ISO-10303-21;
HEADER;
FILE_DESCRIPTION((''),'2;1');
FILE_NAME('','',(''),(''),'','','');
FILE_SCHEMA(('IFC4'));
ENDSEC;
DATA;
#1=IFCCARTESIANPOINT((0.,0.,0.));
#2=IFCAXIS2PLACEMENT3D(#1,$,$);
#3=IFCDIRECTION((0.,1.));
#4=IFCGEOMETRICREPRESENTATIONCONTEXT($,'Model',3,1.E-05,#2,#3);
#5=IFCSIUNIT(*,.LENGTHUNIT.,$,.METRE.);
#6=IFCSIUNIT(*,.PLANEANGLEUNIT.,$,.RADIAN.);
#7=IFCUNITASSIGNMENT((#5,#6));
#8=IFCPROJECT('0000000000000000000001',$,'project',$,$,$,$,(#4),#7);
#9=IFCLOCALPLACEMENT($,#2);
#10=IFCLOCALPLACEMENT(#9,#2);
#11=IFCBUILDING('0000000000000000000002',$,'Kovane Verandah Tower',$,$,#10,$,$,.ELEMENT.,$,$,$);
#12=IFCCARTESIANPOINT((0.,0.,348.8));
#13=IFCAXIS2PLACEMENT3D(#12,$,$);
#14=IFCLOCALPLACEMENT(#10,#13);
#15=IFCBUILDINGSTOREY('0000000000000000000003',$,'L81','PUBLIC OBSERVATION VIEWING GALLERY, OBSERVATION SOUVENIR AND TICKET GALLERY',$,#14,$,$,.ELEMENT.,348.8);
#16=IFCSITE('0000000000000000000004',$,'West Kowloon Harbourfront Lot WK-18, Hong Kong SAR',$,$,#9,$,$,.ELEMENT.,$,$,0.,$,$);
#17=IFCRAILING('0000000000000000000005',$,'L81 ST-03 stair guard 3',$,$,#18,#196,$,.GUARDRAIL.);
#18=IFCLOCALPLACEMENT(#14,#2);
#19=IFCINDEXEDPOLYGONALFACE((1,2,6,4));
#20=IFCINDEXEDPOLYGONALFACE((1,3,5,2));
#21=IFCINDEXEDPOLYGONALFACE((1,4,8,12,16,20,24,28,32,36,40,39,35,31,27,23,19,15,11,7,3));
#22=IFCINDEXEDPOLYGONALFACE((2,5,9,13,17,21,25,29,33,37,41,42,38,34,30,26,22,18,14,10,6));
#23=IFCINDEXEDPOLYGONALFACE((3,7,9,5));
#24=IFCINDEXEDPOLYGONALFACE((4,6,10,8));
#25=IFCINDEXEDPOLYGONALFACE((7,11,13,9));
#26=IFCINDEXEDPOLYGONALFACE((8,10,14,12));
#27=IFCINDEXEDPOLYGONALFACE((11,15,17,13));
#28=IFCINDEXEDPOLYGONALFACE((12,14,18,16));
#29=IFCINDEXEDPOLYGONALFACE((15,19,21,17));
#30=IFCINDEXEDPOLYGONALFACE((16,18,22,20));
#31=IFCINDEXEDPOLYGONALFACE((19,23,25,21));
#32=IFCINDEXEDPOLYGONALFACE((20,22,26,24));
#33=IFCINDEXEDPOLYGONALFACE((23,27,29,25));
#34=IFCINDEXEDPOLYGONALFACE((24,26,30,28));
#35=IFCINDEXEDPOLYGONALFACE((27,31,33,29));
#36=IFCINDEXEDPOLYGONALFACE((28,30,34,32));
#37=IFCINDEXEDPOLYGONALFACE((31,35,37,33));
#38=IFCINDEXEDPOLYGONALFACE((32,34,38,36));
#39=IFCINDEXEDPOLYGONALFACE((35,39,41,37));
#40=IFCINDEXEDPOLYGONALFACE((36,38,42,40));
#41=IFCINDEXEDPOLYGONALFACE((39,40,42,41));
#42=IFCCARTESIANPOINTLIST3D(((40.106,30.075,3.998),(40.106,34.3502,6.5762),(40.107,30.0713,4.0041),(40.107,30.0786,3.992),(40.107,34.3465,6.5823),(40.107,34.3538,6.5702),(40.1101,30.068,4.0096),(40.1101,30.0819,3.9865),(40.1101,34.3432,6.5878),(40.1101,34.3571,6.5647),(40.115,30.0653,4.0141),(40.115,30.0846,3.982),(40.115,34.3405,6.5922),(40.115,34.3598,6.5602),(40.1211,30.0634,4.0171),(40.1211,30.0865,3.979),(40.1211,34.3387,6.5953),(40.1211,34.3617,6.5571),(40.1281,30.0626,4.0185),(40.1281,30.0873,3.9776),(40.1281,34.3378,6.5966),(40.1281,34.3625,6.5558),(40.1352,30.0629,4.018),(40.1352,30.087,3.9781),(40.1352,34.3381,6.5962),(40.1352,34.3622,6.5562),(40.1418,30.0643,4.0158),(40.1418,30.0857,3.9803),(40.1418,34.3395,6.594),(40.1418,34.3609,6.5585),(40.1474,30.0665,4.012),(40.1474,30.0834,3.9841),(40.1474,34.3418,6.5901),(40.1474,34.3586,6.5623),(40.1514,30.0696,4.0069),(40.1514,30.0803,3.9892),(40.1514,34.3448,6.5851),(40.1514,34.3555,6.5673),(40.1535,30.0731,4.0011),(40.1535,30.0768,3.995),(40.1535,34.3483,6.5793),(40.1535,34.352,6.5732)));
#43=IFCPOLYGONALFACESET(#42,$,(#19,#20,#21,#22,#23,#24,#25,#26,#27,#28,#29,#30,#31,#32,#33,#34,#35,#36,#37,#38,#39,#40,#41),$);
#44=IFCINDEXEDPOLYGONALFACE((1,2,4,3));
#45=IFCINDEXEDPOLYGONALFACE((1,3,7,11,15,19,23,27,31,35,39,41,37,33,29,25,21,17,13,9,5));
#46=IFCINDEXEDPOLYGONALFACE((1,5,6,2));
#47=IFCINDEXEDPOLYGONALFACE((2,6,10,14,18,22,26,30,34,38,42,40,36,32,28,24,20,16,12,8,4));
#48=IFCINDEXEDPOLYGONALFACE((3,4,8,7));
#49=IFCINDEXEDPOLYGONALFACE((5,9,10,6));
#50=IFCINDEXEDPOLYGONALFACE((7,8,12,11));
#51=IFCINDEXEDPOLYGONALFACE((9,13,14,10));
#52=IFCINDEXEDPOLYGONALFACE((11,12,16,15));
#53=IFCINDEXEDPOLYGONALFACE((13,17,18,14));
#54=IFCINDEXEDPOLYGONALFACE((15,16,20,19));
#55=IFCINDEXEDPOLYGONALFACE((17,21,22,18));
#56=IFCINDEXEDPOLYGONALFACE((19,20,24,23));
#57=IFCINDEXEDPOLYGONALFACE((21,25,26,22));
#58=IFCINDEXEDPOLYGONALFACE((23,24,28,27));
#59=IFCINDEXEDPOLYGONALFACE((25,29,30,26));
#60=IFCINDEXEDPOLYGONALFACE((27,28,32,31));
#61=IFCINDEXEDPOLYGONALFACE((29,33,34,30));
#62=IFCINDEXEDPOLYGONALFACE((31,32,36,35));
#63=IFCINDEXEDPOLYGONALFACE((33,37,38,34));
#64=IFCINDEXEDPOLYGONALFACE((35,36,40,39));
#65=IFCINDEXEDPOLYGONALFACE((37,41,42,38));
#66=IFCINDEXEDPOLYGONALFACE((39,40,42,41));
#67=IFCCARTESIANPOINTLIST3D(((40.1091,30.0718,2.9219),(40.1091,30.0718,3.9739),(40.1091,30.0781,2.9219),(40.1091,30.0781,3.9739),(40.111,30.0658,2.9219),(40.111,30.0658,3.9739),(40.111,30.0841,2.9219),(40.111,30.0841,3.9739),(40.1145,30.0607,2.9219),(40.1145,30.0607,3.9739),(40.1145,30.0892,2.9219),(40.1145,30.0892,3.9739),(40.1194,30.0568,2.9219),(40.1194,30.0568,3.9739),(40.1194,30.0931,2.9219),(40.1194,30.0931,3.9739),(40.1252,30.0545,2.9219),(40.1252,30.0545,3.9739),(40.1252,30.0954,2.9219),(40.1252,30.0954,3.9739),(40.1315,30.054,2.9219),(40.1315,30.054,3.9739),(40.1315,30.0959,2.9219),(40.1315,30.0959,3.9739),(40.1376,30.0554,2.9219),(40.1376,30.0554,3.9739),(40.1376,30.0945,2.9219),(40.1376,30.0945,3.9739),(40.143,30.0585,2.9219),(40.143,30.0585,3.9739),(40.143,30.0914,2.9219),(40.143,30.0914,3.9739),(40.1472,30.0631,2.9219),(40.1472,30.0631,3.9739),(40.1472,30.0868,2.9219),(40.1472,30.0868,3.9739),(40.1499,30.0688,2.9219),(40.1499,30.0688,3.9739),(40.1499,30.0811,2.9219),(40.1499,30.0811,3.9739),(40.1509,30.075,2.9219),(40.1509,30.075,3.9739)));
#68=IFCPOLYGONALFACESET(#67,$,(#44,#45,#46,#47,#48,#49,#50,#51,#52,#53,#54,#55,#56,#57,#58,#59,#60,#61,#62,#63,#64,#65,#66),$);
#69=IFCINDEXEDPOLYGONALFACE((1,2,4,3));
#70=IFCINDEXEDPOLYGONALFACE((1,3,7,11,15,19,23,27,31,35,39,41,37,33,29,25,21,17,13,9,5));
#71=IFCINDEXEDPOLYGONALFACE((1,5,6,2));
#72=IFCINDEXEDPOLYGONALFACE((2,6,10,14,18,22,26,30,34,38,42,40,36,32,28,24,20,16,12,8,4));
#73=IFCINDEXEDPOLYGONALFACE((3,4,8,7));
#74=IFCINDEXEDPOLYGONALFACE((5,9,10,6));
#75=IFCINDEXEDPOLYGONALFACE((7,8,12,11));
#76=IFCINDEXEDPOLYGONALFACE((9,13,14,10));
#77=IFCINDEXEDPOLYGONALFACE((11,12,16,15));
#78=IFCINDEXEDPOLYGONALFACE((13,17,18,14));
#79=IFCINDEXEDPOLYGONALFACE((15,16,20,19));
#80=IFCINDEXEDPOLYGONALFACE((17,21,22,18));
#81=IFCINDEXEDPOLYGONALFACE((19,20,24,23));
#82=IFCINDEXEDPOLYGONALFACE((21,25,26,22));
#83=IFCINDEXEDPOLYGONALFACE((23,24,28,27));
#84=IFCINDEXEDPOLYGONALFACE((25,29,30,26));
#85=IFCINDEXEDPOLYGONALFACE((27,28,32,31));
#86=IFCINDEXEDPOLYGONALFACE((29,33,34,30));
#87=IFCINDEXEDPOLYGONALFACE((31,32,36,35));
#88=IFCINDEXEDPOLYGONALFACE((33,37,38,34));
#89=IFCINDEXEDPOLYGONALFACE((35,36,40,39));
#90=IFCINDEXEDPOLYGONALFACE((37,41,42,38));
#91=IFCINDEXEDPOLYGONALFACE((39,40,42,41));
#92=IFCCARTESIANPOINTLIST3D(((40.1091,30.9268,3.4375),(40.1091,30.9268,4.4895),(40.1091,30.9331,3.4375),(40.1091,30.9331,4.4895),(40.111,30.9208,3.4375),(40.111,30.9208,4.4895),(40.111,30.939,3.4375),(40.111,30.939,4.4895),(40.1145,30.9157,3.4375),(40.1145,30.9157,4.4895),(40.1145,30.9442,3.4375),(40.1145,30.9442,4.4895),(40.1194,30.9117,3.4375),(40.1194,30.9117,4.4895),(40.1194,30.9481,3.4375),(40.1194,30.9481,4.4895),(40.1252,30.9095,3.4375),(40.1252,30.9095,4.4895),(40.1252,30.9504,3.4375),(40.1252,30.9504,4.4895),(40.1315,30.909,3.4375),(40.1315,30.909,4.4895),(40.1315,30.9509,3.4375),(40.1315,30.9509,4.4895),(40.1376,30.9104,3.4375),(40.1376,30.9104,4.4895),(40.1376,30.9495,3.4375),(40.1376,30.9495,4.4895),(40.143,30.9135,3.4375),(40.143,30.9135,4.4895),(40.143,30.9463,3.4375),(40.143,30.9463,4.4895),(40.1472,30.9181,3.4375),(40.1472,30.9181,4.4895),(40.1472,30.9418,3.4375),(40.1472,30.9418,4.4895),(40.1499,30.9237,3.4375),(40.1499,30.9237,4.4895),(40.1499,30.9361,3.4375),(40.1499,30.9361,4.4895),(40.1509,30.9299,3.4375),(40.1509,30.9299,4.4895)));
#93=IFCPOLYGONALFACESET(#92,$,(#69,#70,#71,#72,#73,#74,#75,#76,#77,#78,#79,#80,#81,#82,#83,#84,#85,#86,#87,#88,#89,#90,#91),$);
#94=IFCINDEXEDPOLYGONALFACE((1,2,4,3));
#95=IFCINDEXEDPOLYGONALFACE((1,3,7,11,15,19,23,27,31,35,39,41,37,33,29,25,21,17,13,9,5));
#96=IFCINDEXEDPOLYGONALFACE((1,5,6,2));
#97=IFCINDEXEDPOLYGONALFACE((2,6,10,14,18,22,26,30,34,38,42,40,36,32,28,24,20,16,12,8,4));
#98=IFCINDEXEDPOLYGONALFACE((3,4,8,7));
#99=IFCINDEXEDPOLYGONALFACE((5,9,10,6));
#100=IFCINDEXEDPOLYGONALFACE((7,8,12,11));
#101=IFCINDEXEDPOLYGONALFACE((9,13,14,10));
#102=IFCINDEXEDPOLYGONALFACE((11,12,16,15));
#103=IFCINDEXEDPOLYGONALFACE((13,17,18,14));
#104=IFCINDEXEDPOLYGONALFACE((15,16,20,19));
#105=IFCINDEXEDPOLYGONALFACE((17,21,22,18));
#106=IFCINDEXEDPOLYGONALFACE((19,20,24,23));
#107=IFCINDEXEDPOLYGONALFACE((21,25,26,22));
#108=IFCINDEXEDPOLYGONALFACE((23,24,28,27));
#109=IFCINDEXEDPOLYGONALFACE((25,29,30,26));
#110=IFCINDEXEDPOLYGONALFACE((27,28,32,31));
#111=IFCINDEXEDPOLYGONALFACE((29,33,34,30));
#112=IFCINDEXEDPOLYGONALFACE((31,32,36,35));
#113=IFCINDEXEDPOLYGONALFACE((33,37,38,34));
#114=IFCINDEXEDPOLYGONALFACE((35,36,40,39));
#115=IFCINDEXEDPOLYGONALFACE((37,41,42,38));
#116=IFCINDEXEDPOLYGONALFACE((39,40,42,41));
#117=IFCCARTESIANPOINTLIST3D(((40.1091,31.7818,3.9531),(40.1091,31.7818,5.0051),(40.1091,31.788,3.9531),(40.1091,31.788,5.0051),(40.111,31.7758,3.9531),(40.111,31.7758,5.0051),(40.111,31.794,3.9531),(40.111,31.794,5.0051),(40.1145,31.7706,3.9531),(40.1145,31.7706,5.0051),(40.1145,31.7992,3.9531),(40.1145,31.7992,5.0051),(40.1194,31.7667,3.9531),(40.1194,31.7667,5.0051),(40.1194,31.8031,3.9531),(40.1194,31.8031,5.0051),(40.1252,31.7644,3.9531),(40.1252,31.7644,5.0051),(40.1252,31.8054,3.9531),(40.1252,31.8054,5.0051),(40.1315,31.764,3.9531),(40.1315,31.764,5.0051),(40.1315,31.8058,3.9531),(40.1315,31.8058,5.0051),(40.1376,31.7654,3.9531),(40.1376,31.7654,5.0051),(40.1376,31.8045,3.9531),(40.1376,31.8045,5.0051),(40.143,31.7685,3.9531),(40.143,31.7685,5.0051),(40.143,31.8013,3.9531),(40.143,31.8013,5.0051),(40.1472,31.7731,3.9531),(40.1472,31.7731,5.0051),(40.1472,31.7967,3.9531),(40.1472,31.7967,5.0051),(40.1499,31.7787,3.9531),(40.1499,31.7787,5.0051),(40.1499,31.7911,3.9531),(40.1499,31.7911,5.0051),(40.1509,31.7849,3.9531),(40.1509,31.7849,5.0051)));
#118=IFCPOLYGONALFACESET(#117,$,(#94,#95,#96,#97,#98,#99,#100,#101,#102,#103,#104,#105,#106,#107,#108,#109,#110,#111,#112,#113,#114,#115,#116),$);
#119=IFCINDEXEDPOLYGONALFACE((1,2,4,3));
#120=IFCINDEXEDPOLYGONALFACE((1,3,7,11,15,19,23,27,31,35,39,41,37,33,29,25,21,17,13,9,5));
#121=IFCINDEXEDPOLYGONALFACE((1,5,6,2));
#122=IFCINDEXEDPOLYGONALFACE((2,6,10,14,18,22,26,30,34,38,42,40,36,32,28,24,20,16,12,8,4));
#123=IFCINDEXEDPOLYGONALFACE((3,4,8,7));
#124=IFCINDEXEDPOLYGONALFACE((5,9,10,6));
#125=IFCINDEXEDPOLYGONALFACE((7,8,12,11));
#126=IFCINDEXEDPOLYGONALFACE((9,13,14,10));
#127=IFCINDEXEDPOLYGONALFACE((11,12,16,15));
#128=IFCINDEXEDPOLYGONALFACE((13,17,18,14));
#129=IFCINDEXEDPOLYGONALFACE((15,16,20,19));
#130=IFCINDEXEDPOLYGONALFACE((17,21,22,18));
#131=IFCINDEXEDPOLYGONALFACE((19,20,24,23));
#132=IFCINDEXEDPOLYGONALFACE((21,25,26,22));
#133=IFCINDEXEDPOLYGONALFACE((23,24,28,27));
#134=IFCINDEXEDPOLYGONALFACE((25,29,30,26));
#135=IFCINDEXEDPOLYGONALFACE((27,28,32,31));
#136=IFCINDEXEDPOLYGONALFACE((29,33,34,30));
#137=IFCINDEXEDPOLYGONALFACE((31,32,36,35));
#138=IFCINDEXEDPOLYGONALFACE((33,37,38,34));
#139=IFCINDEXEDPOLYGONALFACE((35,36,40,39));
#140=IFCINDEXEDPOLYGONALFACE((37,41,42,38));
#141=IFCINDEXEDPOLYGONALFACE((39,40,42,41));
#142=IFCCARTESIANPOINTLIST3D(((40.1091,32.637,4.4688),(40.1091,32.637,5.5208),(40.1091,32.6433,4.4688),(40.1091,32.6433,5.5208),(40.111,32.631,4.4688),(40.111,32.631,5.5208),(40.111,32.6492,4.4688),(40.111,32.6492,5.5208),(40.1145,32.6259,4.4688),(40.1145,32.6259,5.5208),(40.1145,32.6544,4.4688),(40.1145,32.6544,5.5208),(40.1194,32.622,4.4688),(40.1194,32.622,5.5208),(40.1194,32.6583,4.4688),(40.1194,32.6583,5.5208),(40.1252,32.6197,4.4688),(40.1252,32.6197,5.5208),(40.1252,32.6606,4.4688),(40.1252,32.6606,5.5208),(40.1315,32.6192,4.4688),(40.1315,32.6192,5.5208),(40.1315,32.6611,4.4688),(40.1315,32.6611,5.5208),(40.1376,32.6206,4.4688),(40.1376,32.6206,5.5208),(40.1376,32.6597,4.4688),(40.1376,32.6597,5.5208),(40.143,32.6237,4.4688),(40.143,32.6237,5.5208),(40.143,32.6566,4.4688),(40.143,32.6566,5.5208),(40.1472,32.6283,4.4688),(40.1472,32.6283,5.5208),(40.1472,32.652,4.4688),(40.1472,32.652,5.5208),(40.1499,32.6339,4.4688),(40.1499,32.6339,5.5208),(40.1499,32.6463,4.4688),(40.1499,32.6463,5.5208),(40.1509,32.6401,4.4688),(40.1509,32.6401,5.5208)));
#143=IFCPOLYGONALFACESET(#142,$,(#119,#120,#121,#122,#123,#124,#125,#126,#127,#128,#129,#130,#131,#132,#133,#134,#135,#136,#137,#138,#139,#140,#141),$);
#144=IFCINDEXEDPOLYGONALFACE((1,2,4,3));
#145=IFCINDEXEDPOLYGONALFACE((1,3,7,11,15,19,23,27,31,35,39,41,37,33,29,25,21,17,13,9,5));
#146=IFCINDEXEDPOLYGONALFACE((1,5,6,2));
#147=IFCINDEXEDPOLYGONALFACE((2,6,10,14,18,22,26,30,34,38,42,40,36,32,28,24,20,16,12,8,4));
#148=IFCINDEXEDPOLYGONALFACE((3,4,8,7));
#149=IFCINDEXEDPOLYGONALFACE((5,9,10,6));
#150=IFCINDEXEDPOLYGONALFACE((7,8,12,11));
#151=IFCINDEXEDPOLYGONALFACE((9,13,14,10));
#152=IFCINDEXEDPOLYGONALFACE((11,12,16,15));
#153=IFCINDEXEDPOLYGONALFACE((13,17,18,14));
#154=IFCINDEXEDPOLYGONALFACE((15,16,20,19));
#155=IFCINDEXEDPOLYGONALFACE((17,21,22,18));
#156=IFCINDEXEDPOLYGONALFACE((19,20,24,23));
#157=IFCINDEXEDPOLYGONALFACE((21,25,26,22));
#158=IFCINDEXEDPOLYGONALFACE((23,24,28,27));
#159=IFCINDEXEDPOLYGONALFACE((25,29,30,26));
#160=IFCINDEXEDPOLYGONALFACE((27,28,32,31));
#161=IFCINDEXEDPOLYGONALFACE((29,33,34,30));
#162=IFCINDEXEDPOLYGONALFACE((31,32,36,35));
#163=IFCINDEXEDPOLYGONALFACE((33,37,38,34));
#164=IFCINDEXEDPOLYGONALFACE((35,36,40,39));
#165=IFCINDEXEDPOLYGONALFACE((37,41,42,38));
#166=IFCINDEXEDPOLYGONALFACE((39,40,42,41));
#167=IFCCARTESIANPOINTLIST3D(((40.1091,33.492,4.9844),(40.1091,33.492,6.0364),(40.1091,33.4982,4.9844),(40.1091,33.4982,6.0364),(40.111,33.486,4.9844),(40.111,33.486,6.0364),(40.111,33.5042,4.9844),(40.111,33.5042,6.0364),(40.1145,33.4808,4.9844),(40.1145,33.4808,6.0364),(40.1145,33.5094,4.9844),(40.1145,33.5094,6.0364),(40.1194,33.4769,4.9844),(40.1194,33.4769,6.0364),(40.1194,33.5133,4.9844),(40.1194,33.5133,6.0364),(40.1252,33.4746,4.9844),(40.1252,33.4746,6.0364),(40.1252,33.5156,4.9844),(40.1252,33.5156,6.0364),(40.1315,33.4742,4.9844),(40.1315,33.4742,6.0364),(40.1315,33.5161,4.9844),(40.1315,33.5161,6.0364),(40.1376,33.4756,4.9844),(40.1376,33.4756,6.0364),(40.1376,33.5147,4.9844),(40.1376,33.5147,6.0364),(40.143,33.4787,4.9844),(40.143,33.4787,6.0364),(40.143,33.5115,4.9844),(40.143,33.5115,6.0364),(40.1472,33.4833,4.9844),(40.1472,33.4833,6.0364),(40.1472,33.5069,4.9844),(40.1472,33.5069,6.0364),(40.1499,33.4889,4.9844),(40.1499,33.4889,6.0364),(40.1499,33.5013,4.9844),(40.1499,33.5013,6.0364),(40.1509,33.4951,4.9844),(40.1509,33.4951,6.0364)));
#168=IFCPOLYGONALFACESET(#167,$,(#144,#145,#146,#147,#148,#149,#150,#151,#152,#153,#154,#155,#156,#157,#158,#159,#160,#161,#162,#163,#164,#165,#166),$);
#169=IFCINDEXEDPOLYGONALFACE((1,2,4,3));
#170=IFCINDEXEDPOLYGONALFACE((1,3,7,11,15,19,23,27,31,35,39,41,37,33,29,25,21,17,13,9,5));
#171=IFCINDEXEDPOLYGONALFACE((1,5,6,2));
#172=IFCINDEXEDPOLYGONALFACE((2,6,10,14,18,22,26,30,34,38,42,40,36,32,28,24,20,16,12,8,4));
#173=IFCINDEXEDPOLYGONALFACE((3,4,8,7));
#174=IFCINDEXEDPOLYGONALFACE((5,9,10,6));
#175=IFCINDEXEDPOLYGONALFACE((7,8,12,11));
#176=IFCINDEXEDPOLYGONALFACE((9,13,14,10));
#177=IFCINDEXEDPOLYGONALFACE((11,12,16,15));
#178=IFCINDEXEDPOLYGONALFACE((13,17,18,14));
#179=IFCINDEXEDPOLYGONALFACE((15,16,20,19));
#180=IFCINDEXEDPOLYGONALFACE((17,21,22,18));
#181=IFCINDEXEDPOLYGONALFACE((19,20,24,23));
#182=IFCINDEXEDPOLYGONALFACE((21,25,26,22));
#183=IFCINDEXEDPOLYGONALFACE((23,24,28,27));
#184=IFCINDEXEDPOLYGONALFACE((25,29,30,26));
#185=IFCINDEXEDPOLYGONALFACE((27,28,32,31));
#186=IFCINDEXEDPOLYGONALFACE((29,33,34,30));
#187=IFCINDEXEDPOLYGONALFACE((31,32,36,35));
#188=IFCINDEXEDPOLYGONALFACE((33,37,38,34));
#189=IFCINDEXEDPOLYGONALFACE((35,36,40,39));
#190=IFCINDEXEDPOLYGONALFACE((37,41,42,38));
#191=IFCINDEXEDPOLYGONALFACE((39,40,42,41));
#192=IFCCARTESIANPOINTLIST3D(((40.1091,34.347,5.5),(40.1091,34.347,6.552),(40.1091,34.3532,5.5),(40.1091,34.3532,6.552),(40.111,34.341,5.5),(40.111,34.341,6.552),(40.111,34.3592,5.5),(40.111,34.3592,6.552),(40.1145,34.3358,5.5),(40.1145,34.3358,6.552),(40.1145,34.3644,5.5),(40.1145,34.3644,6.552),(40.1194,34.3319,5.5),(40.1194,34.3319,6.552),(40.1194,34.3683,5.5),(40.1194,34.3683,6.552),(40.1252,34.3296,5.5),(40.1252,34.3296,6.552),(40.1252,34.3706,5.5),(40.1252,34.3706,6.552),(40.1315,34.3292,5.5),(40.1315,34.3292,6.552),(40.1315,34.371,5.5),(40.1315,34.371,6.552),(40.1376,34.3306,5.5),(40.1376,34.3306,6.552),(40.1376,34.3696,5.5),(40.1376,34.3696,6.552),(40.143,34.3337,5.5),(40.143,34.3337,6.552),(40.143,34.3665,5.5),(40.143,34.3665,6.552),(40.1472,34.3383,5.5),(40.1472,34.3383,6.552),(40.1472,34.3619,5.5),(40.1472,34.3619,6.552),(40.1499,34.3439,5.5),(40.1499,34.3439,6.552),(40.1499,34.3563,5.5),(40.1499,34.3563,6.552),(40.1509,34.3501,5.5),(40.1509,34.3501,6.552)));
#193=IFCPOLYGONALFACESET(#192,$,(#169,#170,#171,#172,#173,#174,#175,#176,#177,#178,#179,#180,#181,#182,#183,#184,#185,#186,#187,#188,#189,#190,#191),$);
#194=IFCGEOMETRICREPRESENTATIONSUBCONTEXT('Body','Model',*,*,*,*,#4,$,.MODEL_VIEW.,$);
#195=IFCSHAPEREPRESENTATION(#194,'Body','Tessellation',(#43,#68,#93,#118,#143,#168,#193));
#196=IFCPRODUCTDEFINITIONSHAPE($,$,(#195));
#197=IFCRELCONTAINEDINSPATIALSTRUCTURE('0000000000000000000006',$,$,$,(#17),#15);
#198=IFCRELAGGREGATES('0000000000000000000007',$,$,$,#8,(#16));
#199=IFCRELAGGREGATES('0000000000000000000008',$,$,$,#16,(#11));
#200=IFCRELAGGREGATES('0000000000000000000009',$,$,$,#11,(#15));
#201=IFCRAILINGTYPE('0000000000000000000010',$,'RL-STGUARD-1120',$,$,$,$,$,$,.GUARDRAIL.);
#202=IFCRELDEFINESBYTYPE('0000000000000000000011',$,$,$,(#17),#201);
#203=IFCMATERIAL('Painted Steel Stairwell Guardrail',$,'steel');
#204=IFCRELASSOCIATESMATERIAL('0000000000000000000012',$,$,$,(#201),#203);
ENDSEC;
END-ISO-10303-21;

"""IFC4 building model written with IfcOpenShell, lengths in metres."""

from ifc_helpers import new_model, si_unit, direction, frame, origin, origin_2d, place, context, subcontext, project, spatial, circle, extrude, material, type_object, element, save


model = new_model("IFC4")

# Units and contexts
model_context = context("Model", 3, precision=1e-05, world=origin(), true_north=direction((0.0, 1.0)))
body_context = subcontext(model_context, "Body", "Model", "MODEL_VIEW")
ifc_project = project(units=[si_unit("LENGTHUNIT", "METRE"), si_unit("PLANEANGLEUNIT", "RADIAN")], contexts=[model_context])

# Site, building, storey
site_placement = place(None, origin())
site = spatial("IfcSite", under=ifc_project, at=site_placement, Name="West Kowloon Harbourfront Lot WK-18, Hong Kong SAR", CompositionType="ELEMENT", RefElevation=0.0)
building_placement = place(site_placement, origin())
building = spatial("IfcBuilding", under=site, at=building_placement, Name="Kovane Verandah Tower", CompositionType="ELEMENT")
storey_placement = place(building_placement, frame((0.0, 0.0, 348.8)))
storey = spatial("IfcBuildingStorey", under=building, at=storey_placement, Name="L81", Description="PUBLIC OBSERVATION VIEWING GALLERY, OBSERVATION SOUVENIR AND TICKET GALLERY", CompositionType="ELEMENT", Elevation=348.8)

# Railing
ifc_material_1 = material(Name="Painted Steel Stairwell Guardrail", Category="steel")
railing_type_1 = type_object("IfcRailingType", Name="RL-STGUARD-1120", PredefinedType="GUARDRAIL", material=ifc_material_1)
railing_1_placement = place(storey_placement, frame((40.1299, 30.075, 2.9219)))
element("IfcRailing", 1, at=railing_1_placement, inside=storey, type_object=railing_type_1, Name="L81 ST-03 stair guard 3", PredefinedType="GUARDRAIL", context=body_context, shape_type="SweptSolid", body=[
    extrude(circle(Radius=0.0239, at=origin_2d()), frame((0.0, 0.0, 1.0762), z_axis=(0.0, 0.856339, 0.516415), x_axis=(-1.0, 0.0, 0.0)), (0.0, 0.0, 1.0), 4.9924),
    extrude(circle(Radius=0.021, at=origin_2d()), origin(), (0.0, 0.0, 1.0), 1.052),
    extrude(circle(Radius=0.021, at=origin_2d()), frame((0.0, 0.855, 0.5156)), (0.0, 0.0, 1.0), 1.052),
    extrude(circle(Radius=0.021, at=origin_2d()), frame((0.0, 1.71, 1.0312)), (0.0, 0.0, 1.0), 1.052),
    extrude(circle(Radius=0.021, at=origin_2d()), frame((0.0, 2.5652, 1.5469)), (0.0, 0.0, 1.0), 1.052),
    extrude(circle(Radius=0.021, at=origin_2d()), frame((0.0, 3.4202, 2.0625)), (0.0, 0.0, 1.0), 1.052),
    extrude(circle(Radius=0.021, at=origin_2d()), frame((0.0, 4.2751, 2.5781)), (0.0, 0.0, 1.0), 1.052),
])

save(model, "model.ifc")
